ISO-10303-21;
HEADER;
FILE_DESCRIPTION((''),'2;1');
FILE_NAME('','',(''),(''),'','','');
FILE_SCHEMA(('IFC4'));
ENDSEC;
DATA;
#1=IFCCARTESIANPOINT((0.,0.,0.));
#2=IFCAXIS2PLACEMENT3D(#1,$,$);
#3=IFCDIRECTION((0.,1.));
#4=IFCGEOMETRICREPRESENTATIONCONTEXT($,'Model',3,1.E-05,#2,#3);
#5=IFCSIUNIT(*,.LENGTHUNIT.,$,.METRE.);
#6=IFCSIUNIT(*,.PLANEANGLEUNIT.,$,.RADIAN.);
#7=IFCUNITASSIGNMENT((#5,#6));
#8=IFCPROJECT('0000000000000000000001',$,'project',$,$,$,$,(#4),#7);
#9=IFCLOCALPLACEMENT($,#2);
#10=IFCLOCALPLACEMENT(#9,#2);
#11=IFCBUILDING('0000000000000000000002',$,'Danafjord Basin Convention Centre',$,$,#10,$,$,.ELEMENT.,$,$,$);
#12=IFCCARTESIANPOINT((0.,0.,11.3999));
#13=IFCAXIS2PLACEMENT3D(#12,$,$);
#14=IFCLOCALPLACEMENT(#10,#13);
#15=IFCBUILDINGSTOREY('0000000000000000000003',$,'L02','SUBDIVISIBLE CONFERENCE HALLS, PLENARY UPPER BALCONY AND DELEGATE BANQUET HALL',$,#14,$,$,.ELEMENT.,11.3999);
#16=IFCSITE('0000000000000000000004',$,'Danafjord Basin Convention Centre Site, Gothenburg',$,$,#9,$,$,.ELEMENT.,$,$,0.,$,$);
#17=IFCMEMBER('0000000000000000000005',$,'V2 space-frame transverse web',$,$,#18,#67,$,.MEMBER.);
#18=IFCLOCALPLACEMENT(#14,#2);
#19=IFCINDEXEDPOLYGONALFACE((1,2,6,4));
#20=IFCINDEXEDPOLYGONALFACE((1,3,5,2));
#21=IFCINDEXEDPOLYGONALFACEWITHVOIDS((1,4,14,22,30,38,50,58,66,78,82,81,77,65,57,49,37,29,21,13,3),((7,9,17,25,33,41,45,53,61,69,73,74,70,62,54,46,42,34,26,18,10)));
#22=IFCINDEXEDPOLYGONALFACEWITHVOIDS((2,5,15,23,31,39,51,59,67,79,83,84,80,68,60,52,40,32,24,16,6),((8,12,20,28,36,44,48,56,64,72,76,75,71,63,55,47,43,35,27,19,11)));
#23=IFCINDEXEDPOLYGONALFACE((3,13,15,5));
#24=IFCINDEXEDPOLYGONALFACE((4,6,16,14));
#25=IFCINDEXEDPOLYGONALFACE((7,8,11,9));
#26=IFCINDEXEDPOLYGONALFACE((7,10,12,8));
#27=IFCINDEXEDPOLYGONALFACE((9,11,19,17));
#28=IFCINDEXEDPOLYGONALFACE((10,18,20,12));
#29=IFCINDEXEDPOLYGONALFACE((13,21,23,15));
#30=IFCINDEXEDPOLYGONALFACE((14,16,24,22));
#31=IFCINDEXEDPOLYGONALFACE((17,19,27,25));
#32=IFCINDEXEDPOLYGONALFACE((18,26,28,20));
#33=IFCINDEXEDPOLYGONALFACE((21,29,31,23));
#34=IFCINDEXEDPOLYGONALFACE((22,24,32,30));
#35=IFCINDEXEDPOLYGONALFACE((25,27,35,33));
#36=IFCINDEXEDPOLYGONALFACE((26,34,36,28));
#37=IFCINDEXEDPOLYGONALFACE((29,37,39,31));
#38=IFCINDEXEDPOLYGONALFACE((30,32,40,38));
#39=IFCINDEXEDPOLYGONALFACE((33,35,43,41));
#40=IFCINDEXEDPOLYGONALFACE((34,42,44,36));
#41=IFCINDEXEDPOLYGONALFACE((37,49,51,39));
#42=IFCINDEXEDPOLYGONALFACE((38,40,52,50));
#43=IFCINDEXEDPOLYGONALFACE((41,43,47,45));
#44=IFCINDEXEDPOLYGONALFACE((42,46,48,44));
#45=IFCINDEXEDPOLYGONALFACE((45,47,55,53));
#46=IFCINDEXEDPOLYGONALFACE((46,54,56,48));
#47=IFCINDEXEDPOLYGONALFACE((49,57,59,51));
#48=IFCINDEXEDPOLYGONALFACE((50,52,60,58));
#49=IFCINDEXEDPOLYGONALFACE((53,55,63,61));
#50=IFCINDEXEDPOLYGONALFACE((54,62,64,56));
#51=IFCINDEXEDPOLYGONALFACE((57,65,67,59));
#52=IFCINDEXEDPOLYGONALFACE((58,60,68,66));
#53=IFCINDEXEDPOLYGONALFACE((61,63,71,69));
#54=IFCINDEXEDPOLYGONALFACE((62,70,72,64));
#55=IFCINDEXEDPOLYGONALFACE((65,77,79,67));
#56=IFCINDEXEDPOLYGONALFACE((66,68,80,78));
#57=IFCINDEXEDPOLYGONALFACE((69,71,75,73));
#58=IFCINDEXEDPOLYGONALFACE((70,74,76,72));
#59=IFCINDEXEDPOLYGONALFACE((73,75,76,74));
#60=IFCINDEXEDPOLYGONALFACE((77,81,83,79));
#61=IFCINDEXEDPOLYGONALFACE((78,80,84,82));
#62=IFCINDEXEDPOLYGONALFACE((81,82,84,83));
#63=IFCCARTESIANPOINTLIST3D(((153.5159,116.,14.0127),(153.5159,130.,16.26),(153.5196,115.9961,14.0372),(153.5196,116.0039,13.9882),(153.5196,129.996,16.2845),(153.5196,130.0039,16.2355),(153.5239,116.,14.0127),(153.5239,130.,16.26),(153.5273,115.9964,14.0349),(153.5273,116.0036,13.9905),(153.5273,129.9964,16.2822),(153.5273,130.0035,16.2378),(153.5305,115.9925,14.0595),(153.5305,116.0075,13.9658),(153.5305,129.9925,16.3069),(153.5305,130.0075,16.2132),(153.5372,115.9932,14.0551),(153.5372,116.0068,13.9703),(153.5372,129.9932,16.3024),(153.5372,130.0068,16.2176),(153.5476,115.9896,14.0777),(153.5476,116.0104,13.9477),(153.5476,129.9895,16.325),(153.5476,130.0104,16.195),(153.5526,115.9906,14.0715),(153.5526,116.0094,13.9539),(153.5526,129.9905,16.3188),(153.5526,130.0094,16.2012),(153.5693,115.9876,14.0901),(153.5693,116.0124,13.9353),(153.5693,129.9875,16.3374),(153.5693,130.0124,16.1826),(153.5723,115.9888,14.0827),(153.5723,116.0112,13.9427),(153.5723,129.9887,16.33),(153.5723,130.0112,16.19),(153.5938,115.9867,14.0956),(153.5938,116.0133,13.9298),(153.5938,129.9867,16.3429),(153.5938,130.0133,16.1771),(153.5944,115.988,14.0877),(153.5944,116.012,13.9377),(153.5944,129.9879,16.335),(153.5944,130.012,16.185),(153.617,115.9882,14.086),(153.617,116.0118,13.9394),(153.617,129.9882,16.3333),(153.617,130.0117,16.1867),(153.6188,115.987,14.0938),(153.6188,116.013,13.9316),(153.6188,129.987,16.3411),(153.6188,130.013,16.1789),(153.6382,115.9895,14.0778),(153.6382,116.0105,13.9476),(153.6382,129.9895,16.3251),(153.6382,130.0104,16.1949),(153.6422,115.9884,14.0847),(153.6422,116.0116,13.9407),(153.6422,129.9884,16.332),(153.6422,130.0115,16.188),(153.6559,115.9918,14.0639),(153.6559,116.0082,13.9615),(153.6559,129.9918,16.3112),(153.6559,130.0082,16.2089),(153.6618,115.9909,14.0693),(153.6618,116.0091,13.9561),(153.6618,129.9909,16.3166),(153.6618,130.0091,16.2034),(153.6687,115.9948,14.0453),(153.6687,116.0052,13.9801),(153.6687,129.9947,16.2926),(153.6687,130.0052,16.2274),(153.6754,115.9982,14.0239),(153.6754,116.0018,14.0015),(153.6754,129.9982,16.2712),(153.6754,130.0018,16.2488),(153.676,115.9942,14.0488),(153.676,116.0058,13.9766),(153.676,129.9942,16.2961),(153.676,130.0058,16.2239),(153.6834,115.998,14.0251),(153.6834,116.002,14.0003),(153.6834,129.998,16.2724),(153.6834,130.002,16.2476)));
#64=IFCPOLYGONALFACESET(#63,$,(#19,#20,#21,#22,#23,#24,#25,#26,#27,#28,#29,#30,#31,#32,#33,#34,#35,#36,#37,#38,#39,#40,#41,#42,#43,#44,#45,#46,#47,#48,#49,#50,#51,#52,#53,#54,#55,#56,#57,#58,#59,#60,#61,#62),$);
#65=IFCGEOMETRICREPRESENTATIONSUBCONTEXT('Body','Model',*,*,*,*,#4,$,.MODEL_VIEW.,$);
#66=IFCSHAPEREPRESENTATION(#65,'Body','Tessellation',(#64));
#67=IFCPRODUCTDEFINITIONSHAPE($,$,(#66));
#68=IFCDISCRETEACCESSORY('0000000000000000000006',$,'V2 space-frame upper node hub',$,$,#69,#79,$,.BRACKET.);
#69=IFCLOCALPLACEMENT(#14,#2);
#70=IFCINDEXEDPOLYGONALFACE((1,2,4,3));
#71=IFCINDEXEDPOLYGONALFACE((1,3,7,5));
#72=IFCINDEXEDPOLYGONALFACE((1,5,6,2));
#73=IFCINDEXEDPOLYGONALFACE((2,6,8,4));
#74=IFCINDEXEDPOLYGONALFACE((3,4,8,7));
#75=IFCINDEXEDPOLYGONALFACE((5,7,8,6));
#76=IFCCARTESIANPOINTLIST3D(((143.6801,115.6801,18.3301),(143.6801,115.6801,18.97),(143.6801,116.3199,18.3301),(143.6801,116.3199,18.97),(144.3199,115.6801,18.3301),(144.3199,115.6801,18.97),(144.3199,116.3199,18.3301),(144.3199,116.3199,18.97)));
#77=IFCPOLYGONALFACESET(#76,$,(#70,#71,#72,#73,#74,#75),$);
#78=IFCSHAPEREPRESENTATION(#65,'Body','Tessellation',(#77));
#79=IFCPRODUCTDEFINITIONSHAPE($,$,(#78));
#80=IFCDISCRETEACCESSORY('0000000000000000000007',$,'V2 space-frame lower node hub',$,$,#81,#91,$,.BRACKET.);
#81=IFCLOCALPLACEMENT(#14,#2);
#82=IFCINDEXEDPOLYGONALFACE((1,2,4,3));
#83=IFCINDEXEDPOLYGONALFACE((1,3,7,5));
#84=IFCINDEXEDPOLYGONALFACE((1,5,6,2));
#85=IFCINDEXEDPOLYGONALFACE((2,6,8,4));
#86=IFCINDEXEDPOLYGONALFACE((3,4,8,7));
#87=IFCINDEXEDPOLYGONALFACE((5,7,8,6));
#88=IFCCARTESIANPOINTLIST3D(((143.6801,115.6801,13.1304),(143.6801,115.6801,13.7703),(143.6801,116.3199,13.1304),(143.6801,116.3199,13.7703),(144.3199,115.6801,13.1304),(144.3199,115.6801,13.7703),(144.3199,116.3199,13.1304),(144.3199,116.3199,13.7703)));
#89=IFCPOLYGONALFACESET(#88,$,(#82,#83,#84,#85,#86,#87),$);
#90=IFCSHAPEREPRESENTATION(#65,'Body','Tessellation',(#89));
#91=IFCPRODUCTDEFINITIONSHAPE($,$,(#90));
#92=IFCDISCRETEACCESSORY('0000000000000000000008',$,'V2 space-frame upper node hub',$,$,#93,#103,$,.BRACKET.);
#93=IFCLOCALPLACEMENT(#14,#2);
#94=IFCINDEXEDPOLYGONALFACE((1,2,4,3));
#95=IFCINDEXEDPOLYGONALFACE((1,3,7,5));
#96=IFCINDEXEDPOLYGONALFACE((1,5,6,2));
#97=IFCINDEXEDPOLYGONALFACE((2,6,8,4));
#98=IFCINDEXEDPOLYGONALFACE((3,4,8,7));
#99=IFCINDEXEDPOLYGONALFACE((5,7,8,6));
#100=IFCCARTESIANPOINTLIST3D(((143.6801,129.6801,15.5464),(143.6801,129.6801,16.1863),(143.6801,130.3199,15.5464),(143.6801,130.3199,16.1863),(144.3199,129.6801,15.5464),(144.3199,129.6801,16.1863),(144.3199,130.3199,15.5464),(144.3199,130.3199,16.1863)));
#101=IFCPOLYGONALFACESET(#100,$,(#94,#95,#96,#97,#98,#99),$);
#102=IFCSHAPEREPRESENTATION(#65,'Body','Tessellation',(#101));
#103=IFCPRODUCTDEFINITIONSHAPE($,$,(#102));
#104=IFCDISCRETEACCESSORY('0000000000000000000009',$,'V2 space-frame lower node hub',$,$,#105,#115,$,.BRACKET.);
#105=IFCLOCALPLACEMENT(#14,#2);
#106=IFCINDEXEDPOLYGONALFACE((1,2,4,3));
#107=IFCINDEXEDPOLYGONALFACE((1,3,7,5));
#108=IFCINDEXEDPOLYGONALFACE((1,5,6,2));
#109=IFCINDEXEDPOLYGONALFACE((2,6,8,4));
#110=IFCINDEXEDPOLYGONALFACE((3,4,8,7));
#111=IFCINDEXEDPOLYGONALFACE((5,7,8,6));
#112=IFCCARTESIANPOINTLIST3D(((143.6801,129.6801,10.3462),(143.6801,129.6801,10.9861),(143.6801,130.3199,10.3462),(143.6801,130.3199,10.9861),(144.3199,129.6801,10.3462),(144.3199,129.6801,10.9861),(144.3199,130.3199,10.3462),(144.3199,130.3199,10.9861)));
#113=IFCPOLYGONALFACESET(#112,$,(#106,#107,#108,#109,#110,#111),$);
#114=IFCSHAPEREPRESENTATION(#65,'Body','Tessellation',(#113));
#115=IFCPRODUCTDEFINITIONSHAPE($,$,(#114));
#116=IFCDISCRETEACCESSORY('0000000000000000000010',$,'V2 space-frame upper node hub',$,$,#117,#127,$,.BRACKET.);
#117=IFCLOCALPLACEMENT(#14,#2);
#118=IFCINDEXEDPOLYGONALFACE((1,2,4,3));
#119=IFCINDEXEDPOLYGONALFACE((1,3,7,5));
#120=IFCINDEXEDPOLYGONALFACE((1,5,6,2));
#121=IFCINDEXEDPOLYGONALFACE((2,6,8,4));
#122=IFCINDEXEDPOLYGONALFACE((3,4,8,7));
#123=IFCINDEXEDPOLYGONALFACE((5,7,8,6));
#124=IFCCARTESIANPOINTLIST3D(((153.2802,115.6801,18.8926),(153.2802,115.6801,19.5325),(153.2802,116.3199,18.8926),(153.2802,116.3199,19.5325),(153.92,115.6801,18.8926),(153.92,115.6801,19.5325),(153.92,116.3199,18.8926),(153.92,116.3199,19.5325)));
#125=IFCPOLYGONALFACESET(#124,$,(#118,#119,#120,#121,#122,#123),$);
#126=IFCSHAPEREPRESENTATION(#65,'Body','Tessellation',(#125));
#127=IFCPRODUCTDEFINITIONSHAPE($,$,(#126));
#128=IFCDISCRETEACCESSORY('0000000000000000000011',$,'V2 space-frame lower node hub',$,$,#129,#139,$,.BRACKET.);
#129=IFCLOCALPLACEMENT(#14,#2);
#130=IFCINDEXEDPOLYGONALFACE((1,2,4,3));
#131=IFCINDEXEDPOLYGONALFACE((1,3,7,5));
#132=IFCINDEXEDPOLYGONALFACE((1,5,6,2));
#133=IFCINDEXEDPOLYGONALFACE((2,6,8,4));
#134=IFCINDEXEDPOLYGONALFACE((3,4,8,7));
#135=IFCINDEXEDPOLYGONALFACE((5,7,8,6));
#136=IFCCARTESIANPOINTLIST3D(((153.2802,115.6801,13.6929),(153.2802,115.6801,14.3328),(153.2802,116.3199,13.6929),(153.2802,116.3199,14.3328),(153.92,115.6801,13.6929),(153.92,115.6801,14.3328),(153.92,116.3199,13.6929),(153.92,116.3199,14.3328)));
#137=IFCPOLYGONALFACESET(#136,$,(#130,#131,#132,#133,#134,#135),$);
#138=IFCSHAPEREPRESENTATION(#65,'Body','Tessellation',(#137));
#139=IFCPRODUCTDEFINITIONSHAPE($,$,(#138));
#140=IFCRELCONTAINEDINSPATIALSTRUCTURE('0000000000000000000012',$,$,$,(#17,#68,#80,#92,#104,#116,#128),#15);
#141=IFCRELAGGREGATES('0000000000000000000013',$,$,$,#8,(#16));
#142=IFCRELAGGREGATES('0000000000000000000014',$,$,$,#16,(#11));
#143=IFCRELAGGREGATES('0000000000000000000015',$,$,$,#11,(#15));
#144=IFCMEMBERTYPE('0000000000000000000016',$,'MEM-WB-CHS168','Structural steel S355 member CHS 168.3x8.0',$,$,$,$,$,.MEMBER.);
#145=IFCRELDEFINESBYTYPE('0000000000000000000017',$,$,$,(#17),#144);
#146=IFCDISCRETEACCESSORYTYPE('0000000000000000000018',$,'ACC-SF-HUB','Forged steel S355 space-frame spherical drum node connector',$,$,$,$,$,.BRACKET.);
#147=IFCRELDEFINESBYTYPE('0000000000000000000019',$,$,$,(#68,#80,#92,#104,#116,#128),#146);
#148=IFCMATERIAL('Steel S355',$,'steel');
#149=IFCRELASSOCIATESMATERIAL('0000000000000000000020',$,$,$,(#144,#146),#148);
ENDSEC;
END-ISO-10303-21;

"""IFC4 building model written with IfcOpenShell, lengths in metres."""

from ifc_helpers import new_model, si_unit, direction, frame, origin, origin_2d, place, context, subcontext, project, spatial, rectangle, hollow_circle, extrude, material, material_profile, profile_set, type_object, element, save


model = new_model("IFC4")

# Units and contexts
model_context = context("Model", 3, precision=1e-05, world=origin(), true_north=direction((0.0, 1.0)))
body_context = subcontext(model_context, "Body", "Model", "MODEL_VIEW")
ifc_project = project(units=[si_unit("LENGTHUNIT", "METRE"), si_unit("PLANEANGLEUNIT", "RADIAN")], contexts=[model_context])

# Site, building, storey
site_placement = place(None, origin())
site = spatial("IfcSite", under=ifc_project, at=site_placement, Name="Danafjord Basin Convention Centre Site, Gothenburg", CompositionType="ELEMENT", RefElevation=0.0)
building_placement = place(site_placement, origin())
building = spatial("IfcBuilding", under=site, at=building_placement, Name="Danafjord Basin Convention Centre", CompositionType="ELEMENT")
storey_placement = place(building_placement, frame((0.0, 0.0, 11.3999)))
storey = spatial("IfcBuildingStorey", under=building, at=storey_placement, Name="L02", Description="SUBDIVISIBLE CONFERENCE HALLS, PLENARY UPPER BALCONY AND DELEGATE BANQUET HALL", CompositionType="ELEMENT", Elevation=11.3999)

# Member
ifc_material = material(Name="Steel S355", Category="steel")
ifc_material_profile_1 = material_profile(ifc_material, hollow_circle(Radius=0.0842, WallThickness=0.0081, at=origin_2d()), Name="CHS 168.3x8.0")
ifc_profile_set_1 = profile_set([ifc_material_profile_1], Name="Steel S355")
member_type_1 = type_object("IfcMemberType", Name="MEM-WB-CHS168", Description="Structural steel S355 member CHS 168.3x8.0", PredefinedType="MEMBER", material=ifc_profile_set_1)
member_1_placement = place(storey_placement, frame((153.6001, 116.0, 14.0127), z_axis=(0.0, 0.98736, 0.158493), x_axis=(-1.0, 0.0, 0.0)))
element("IfcMember", 1, at=member_1_placement, inside=storey, type_object=member_type_1, Name="V2 space-frame transverse web", PredefinedType="MEMBER", context=body_context, shape_type="SweptSolid", body=[
    extrude(hollow_circle(Radius=0.0842, WallThickness=0.0081, at=origin_2d()), origin(), (0.0, 0.0, 1.0), 14.1792),
])

# Discrete accessories
discrete_accessory_type = type_object("IfcDiscreteAccessoryType", Name="ACC-SF-HUB", Description="Forged steel S355 space-frame spherical drum node connector", PredefinedType="BRACKET", material=ifc_material)
for number, where, z_axis, x_axis, name in (
    (2, (144.0, 116.0, 18.3301), (0.0, 0.0, 1.0), (1.0, 0.0, 0.0), "V2 space-frame upper node hub"),
    (3, (144.0, 116.0, 13.1304), (0.0, 0.0, 1.0), (1.0, 0.0, 0.0), "V2 space-frame lower node hub"),
    (4, (144.0, 130.0, 15.5464), (0.0, 0.0, 1.0), (1.0, 0.0, 0.0), "V2 space-frame upper node hub"),
    (5, (144.0, 130.0, 10.3462), (0.0, 0.0, 1.0), (1.0, 0.0, 0.0), "V2 space-frame lower node hub"),
    (6, (153.6001, 116.0, 18.8926), (0.0, 0.0, 1.0), (1.0, 0.0, 0.0), "V2 space-frame upper node hub"),
    (7, (153.6001, 116.0, 13.6929), (0.0, 0.0, 1.0), (1.0, 0.0, 0.0), "V2 space-frame lower node hub"),
):
    element("IfcDiscreteAccessory", number, at=place(storey_placement, frame(where, z_axis=z_axis, x_axis=x_axis)), inside=storey, type_object=discrete_accessory_type, Name=name, PredefinedType="BRACKET", context=body_context, shape_type="SweptSolid", body=[
        extrude(rectangle(XDim=0.6399, YDim=0.6399, at=origin_2d()), origin(), (0.0, 0.0, 1.0), 0.6399),
    ])

save(model, "model.ifc")
